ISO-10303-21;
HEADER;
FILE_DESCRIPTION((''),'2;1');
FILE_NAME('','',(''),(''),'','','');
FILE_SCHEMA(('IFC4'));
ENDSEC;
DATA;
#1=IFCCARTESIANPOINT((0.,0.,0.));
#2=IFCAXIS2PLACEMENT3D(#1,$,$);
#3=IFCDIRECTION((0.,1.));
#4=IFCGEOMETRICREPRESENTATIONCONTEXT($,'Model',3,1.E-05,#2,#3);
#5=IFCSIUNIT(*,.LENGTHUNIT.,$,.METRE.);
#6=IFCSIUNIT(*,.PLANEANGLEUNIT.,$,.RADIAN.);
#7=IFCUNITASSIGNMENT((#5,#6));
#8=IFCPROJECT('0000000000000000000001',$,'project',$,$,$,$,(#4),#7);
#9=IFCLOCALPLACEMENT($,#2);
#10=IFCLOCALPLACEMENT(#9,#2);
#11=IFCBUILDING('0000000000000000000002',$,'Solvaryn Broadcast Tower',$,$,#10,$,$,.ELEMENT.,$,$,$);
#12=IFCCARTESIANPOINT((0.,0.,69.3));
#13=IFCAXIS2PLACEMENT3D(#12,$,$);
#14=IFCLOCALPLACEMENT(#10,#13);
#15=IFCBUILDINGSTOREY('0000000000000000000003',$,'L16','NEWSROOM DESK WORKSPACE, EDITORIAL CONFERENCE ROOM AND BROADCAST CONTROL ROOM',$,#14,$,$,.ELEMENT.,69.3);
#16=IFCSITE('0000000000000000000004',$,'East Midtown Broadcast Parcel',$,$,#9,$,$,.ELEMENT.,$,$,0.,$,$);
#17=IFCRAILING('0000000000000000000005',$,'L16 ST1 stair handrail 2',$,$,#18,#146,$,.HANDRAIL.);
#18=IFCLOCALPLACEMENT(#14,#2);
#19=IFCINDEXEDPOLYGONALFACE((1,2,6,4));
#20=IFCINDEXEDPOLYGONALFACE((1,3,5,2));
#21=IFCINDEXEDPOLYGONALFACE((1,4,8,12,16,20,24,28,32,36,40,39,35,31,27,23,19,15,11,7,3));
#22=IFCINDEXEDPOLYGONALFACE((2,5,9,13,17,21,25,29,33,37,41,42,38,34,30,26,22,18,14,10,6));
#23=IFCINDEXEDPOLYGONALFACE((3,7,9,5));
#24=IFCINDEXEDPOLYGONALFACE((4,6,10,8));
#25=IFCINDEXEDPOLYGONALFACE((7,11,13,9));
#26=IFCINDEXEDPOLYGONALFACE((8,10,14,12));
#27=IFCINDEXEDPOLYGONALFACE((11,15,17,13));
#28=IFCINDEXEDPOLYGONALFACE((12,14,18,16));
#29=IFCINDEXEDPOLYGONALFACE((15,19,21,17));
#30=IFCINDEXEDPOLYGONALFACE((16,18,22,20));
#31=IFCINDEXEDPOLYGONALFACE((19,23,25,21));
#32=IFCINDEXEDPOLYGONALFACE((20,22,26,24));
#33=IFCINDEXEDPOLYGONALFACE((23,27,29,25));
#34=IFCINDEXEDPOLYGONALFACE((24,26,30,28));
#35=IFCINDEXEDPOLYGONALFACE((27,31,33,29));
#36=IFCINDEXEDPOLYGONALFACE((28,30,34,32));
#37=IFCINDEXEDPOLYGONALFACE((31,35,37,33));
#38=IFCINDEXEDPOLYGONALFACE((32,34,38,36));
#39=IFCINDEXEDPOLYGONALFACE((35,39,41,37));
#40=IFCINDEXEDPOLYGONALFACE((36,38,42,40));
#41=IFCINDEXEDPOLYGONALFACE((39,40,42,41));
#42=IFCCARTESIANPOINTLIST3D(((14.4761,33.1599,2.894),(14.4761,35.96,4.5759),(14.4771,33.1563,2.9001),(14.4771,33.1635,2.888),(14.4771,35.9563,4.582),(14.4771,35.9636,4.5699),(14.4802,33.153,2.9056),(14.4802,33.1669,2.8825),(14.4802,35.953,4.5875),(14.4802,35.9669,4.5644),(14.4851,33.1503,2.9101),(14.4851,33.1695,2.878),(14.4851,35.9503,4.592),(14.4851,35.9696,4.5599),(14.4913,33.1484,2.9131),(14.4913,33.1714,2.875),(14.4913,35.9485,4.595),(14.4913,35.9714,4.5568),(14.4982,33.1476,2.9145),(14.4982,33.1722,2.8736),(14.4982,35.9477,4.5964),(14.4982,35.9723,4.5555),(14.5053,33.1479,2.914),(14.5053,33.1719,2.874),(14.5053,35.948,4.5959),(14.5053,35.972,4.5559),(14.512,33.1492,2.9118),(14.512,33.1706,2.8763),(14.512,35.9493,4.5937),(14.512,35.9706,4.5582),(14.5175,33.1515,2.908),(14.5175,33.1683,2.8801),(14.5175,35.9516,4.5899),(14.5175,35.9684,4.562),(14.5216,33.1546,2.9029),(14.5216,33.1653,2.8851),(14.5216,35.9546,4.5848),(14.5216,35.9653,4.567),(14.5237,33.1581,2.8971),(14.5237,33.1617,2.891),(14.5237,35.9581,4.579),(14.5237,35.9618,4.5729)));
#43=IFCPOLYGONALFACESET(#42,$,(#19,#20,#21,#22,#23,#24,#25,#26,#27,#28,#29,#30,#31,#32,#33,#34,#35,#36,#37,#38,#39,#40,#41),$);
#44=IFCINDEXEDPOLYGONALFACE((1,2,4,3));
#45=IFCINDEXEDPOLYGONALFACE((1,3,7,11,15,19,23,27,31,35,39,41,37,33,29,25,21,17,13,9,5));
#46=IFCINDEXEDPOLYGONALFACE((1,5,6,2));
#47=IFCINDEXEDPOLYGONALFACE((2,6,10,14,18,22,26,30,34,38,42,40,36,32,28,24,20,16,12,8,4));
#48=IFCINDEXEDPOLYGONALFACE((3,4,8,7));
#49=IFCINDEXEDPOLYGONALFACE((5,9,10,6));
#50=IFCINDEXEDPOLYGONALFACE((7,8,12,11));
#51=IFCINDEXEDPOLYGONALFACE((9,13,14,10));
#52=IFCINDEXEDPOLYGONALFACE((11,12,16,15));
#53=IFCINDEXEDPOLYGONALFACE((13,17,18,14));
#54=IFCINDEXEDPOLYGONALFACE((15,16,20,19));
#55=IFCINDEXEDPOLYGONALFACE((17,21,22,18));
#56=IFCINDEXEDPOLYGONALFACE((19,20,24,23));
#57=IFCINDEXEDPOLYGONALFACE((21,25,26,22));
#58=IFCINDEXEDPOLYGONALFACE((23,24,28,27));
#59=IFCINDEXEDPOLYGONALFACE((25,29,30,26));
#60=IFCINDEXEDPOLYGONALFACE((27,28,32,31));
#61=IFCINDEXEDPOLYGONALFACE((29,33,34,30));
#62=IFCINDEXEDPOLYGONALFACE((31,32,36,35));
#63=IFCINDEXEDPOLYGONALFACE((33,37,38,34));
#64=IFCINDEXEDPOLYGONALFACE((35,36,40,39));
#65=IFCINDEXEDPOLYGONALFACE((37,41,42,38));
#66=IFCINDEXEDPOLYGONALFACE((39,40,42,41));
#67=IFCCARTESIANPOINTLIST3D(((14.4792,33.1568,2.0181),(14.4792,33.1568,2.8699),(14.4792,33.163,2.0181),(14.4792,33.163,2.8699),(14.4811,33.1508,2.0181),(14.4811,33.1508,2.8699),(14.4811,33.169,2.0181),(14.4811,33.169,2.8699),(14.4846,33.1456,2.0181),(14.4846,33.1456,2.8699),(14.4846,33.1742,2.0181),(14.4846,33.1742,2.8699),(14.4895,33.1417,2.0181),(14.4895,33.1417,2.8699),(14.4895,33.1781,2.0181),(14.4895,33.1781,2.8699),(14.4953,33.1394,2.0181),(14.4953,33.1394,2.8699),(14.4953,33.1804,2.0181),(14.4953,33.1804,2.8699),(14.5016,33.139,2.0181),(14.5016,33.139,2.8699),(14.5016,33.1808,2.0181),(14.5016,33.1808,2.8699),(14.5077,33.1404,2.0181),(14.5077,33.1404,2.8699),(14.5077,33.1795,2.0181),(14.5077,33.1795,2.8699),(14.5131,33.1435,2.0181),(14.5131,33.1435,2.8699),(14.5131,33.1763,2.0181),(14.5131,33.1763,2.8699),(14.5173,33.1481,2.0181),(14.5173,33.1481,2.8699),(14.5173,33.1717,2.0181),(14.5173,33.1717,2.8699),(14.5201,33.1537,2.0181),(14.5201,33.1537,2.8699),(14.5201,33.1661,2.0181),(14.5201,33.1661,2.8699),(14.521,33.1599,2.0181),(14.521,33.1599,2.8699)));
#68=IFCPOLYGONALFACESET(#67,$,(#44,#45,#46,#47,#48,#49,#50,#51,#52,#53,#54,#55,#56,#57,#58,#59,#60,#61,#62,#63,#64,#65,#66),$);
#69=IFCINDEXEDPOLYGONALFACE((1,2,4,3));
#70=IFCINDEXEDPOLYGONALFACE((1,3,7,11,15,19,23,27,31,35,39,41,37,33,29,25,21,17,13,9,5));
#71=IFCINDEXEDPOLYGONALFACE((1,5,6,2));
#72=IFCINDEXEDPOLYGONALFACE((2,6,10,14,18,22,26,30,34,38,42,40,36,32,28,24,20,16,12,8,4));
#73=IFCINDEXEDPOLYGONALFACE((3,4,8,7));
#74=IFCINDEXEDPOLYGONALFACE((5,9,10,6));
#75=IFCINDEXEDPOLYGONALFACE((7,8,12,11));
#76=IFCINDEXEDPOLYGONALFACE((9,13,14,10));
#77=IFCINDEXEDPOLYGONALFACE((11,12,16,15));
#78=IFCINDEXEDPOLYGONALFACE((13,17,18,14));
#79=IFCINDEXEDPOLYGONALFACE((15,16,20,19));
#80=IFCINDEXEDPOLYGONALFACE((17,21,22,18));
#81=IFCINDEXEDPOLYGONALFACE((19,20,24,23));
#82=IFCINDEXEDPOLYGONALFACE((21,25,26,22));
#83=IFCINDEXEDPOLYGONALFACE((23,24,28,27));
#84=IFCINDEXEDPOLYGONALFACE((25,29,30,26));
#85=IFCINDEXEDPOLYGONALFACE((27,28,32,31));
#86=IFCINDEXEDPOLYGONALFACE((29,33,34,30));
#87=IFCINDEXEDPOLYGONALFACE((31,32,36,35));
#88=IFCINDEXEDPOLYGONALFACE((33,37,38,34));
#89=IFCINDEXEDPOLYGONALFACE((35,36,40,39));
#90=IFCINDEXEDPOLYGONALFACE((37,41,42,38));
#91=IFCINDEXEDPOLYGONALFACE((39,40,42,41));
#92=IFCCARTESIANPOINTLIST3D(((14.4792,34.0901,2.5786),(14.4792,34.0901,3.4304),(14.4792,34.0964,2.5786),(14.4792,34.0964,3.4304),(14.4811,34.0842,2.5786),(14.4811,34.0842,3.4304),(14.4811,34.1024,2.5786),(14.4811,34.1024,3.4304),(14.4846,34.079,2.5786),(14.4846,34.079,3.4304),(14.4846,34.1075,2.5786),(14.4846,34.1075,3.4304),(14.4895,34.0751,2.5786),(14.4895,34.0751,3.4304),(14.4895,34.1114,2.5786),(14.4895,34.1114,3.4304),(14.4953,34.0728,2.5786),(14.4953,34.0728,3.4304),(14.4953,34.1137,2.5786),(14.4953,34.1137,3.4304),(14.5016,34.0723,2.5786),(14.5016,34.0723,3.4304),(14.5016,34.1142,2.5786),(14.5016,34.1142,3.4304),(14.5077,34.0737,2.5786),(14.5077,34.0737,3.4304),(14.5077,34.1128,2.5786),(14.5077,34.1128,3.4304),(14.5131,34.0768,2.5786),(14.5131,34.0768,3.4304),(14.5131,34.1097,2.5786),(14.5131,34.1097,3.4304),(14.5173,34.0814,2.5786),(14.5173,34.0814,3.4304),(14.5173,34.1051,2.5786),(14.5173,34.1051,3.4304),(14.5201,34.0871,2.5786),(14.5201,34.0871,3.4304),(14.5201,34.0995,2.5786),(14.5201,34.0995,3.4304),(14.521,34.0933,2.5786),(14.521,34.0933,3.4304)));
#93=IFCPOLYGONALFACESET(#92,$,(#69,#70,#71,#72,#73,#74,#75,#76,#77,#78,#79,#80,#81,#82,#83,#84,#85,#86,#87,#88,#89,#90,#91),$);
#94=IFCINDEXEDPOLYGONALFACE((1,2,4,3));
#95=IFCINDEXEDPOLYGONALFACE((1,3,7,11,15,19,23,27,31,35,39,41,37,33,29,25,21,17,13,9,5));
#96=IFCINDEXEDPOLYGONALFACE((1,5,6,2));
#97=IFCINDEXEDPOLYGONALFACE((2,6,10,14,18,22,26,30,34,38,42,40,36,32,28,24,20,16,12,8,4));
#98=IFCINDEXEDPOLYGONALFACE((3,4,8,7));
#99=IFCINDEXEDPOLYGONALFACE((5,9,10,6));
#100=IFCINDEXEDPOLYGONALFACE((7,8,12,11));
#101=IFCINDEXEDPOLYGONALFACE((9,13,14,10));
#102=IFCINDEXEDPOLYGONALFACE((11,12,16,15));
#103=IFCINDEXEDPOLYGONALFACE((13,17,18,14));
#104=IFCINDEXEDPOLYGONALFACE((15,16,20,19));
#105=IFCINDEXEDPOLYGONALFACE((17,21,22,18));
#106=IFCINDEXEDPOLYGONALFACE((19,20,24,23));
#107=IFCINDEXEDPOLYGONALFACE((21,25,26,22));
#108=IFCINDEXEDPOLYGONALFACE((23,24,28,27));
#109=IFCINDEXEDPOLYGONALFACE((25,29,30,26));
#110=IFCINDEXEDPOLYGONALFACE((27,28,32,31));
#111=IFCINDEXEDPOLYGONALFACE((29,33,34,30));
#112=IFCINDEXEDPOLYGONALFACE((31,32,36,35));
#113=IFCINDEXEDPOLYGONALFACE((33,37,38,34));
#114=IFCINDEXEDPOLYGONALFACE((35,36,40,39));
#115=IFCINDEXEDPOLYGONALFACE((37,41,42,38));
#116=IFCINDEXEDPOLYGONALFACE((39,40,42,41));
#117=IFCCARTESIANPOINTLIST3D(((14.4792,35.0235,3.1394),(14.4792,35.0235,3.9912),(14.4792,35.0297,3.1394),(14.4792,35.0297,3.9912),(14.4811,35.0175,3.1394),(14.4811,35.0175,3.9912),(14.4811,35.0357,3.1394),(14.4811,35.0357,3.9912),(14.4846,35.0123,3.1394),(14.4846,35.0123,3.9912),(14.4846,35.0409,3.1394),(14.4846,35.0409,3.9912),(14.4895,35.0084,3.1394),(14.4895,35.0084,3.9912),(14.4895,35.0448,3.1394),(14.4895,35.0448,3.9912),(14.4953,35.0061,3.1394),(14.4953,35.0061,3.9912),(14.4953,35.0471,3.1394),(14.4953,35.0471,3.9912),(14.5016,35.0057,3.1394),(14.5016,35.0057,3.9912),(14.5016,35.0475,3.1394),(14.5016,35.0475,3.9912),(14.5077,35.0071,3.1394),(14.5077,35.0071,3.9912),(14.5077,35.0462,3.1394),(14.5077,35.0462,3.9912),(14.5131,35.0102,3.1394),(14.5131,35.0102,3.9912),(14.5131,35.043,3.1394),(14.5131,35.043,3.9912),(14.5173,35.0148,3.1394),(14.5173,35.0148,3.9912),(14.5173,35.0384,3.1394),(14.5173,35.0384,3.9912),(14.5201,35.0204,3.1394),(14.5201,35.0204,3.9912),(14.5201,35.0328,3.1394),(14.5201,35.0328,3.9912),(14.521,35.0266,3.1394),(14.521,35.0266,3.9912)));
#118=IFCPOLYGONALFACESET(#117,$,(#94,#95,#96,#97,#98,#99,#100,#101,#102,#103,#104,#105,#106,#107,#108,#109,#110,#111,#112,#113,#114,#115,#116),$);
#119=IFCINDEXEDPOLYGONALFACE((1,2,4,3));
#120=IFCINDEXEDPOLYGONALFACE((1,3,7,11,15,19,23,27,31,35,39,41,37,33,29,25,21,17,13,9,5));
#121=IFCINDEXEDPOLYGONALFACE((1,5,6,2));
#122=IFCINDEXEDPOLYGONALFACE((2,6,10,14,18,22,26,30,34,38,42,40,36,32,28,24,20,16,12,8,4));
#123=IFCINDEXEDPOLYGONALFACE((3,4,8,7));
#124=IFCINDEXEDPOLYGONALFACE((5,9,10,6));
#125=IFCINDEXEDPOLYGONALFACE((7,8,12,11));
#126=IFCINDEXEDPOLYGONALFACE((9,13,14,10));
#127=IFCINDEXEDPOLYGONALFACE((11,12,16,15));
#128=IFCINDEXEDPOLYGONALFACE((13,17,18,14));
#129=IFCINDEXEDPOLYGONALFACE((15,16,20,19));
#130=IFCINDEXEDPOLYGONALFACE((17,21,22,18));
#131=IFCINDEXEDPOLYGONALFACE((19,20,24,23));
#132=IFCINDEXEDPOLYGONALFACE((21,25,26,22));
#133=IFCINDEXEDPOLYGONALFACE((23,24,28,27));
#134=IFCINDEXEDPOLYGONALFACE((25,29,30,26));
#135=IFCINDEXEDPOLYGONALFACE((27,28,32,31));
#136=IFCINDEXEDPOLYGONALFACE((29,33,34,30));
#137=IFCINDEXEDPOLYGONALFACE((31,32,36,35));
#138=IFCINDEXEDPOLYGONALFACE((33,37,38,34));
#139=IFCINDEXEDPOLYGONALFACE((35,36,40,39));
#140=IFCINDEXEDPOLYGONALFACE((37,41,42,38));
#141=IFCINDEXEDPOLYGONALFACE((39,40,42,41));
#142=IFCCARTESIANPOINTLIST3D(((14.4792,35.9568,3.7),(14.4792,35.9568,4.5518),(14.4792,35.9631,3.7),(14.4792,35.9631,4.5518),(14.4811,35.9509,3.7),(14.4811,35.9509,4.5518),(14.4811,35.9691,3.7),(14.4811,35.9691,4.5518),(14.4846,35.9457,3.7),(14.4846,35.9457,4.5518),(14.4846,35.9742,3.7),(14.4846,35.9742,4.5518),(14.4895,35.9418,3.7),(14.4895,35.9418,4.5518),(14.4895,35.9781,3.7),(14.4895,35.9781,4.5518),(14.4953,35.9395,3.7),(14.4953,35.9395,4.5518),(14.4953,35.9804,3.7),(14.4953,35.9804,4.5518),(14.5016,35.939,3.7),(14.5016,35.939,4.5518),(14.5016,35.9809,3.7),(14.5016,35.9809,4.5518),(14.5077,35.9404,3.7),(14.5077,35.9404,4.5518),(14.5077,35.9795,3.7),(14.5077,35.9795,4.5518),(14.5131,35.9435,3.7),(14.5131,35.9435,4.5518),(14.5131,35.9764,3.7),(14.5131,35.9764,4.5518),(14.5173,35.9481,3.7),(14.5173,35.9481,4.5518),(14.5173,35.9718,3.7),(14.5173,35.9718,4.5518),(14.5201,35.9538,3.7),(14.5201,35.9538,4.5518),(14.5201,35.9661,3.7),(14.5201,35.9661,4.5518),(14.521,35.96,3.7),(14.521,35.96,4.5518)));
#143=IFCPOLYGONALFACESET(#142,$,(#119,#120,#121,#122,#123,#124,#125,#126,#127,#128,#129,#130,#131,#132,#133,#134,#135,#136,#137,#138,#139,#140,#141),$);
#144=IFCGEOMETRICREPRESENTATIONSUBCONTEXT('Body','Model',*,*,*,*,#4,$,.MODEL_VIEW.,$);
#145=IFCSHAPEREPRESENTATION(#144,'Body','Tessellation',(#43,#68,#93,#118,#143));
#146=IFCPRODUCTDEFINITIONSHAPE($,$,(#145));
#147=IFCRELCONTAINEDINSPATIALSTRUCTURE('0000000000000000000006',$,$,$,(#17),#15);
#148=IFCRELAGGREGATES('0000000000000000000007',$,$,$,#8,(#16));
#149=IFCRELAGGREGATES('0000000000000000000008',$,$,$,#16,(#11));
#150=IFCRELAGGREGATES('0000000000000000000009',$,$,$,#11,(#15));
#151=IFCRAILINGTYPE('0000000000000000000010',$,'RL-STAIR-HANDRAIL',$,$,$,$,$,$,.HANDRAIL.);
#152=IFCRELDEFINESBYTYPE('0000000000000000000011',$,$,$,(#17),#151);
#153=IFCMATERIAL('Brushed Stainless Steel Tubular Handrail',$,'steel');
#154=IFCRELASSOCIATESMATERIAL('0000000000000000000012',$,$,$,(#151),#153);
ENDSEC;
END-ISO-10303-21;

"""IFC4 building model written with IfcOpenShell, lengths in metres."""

from ifc_helpers import new_model, si_unit, direction, frame, origin, origin_2d, place, context, subcontext, project, spatial, circle, extrude, material, type_object, element, save


model = new_model("IFC4")

# Units and contexts
model_context = context("Model", 3, precision=1e-05, world=origin(), true_north=direction((0.0, 1.0)))
body_context = subcontext(model_context, "Body", "Model", "MODEL_VIEW")
ifc_project = project(units=[si_unit("LENGTHUNIT", "METRE"), si_unit("PLANEANGLEUNIT", "RADIAN")], contexts=[model_context])

# Site, building, storey
site_placement = place(None, origin())
site = spatial("IfcSite", under=ifc_project, at=site_placement, Name="East Midtown Broadcast Parcel", CompositionType="ELEMENT", RefElevation=0.0)
building_placement = place(site_placement, origin())
building = spatial("IfcBuilding", under=site, at=building_placement, Name="Solvaryn Broadcast Tower", CompositionType="ELEMENT")
storey_placement = place(building_placement, frame((0.0, 0.0, 69.3)))
storey = spatial("IfcBuildingStorey", under=building, at=storey_placement, Name="L16", Description="NEWSROOM DESK WORKSPACE, EDITORIAL CONFERENCE ROOM AND BROADCAST CONTROL ROOM", CompositionType="ELEMENT", Elevation=69.3)

# Railing
ifc_material_1 = material(Name="Brushed Stainless Steel Tubular Handrail", Category="steel")
railing_type_1 = type_object("IfcRailingType", Name="RL-STAIR-HANDRAIL", PredefinedType="HANDRAIL", material=ifc_material_1)
railing_1_placement = place(storey_placement, frame((14.5, 33.1599, 2.0181)))
element("IfcRailing", 1, at=railing_1_placement, inside=storey, type_object=railing_type_1, Name="L16 ST1 stair handrail 2", PredefinedType="HANDRAIL", context=body_context, shape_type="SweptSolid", body=[
    extrude(circle(Radius=0.0239, at=origin_2d()), frame((0.0, 0.0, 0.876), z_axis=(0.0, 0.857242, 0.514913), x_axis=(-1.0, 0.0, 0.0)), (0.0, 0.0, 1.0), 3.2664),
    extrude(circle(Radius=0.021, at=origin_2d()), origin(), (0.0, 0.0, 1.0), 0.8518),
    extrude(circle(Radius=0.021, at=origin_2d()), frame((0.0, 0.9333, 0.5605)), (0.0, 0.0, 1.0), 0.8518),
    extrude(circle(Radius=0.021, at=origin_2d()), frame((0.0, 1.8667, 1.1213)), (0.0, 0.0, 1.0), 0.8518),
    extrude(circle(Radius=0.021, at=origin_2d()), frame((0.0, 2.8, 1.6819)), (0.0, 0.0, 1.0), 0.8518),
])

save(model, "model.ifc")
